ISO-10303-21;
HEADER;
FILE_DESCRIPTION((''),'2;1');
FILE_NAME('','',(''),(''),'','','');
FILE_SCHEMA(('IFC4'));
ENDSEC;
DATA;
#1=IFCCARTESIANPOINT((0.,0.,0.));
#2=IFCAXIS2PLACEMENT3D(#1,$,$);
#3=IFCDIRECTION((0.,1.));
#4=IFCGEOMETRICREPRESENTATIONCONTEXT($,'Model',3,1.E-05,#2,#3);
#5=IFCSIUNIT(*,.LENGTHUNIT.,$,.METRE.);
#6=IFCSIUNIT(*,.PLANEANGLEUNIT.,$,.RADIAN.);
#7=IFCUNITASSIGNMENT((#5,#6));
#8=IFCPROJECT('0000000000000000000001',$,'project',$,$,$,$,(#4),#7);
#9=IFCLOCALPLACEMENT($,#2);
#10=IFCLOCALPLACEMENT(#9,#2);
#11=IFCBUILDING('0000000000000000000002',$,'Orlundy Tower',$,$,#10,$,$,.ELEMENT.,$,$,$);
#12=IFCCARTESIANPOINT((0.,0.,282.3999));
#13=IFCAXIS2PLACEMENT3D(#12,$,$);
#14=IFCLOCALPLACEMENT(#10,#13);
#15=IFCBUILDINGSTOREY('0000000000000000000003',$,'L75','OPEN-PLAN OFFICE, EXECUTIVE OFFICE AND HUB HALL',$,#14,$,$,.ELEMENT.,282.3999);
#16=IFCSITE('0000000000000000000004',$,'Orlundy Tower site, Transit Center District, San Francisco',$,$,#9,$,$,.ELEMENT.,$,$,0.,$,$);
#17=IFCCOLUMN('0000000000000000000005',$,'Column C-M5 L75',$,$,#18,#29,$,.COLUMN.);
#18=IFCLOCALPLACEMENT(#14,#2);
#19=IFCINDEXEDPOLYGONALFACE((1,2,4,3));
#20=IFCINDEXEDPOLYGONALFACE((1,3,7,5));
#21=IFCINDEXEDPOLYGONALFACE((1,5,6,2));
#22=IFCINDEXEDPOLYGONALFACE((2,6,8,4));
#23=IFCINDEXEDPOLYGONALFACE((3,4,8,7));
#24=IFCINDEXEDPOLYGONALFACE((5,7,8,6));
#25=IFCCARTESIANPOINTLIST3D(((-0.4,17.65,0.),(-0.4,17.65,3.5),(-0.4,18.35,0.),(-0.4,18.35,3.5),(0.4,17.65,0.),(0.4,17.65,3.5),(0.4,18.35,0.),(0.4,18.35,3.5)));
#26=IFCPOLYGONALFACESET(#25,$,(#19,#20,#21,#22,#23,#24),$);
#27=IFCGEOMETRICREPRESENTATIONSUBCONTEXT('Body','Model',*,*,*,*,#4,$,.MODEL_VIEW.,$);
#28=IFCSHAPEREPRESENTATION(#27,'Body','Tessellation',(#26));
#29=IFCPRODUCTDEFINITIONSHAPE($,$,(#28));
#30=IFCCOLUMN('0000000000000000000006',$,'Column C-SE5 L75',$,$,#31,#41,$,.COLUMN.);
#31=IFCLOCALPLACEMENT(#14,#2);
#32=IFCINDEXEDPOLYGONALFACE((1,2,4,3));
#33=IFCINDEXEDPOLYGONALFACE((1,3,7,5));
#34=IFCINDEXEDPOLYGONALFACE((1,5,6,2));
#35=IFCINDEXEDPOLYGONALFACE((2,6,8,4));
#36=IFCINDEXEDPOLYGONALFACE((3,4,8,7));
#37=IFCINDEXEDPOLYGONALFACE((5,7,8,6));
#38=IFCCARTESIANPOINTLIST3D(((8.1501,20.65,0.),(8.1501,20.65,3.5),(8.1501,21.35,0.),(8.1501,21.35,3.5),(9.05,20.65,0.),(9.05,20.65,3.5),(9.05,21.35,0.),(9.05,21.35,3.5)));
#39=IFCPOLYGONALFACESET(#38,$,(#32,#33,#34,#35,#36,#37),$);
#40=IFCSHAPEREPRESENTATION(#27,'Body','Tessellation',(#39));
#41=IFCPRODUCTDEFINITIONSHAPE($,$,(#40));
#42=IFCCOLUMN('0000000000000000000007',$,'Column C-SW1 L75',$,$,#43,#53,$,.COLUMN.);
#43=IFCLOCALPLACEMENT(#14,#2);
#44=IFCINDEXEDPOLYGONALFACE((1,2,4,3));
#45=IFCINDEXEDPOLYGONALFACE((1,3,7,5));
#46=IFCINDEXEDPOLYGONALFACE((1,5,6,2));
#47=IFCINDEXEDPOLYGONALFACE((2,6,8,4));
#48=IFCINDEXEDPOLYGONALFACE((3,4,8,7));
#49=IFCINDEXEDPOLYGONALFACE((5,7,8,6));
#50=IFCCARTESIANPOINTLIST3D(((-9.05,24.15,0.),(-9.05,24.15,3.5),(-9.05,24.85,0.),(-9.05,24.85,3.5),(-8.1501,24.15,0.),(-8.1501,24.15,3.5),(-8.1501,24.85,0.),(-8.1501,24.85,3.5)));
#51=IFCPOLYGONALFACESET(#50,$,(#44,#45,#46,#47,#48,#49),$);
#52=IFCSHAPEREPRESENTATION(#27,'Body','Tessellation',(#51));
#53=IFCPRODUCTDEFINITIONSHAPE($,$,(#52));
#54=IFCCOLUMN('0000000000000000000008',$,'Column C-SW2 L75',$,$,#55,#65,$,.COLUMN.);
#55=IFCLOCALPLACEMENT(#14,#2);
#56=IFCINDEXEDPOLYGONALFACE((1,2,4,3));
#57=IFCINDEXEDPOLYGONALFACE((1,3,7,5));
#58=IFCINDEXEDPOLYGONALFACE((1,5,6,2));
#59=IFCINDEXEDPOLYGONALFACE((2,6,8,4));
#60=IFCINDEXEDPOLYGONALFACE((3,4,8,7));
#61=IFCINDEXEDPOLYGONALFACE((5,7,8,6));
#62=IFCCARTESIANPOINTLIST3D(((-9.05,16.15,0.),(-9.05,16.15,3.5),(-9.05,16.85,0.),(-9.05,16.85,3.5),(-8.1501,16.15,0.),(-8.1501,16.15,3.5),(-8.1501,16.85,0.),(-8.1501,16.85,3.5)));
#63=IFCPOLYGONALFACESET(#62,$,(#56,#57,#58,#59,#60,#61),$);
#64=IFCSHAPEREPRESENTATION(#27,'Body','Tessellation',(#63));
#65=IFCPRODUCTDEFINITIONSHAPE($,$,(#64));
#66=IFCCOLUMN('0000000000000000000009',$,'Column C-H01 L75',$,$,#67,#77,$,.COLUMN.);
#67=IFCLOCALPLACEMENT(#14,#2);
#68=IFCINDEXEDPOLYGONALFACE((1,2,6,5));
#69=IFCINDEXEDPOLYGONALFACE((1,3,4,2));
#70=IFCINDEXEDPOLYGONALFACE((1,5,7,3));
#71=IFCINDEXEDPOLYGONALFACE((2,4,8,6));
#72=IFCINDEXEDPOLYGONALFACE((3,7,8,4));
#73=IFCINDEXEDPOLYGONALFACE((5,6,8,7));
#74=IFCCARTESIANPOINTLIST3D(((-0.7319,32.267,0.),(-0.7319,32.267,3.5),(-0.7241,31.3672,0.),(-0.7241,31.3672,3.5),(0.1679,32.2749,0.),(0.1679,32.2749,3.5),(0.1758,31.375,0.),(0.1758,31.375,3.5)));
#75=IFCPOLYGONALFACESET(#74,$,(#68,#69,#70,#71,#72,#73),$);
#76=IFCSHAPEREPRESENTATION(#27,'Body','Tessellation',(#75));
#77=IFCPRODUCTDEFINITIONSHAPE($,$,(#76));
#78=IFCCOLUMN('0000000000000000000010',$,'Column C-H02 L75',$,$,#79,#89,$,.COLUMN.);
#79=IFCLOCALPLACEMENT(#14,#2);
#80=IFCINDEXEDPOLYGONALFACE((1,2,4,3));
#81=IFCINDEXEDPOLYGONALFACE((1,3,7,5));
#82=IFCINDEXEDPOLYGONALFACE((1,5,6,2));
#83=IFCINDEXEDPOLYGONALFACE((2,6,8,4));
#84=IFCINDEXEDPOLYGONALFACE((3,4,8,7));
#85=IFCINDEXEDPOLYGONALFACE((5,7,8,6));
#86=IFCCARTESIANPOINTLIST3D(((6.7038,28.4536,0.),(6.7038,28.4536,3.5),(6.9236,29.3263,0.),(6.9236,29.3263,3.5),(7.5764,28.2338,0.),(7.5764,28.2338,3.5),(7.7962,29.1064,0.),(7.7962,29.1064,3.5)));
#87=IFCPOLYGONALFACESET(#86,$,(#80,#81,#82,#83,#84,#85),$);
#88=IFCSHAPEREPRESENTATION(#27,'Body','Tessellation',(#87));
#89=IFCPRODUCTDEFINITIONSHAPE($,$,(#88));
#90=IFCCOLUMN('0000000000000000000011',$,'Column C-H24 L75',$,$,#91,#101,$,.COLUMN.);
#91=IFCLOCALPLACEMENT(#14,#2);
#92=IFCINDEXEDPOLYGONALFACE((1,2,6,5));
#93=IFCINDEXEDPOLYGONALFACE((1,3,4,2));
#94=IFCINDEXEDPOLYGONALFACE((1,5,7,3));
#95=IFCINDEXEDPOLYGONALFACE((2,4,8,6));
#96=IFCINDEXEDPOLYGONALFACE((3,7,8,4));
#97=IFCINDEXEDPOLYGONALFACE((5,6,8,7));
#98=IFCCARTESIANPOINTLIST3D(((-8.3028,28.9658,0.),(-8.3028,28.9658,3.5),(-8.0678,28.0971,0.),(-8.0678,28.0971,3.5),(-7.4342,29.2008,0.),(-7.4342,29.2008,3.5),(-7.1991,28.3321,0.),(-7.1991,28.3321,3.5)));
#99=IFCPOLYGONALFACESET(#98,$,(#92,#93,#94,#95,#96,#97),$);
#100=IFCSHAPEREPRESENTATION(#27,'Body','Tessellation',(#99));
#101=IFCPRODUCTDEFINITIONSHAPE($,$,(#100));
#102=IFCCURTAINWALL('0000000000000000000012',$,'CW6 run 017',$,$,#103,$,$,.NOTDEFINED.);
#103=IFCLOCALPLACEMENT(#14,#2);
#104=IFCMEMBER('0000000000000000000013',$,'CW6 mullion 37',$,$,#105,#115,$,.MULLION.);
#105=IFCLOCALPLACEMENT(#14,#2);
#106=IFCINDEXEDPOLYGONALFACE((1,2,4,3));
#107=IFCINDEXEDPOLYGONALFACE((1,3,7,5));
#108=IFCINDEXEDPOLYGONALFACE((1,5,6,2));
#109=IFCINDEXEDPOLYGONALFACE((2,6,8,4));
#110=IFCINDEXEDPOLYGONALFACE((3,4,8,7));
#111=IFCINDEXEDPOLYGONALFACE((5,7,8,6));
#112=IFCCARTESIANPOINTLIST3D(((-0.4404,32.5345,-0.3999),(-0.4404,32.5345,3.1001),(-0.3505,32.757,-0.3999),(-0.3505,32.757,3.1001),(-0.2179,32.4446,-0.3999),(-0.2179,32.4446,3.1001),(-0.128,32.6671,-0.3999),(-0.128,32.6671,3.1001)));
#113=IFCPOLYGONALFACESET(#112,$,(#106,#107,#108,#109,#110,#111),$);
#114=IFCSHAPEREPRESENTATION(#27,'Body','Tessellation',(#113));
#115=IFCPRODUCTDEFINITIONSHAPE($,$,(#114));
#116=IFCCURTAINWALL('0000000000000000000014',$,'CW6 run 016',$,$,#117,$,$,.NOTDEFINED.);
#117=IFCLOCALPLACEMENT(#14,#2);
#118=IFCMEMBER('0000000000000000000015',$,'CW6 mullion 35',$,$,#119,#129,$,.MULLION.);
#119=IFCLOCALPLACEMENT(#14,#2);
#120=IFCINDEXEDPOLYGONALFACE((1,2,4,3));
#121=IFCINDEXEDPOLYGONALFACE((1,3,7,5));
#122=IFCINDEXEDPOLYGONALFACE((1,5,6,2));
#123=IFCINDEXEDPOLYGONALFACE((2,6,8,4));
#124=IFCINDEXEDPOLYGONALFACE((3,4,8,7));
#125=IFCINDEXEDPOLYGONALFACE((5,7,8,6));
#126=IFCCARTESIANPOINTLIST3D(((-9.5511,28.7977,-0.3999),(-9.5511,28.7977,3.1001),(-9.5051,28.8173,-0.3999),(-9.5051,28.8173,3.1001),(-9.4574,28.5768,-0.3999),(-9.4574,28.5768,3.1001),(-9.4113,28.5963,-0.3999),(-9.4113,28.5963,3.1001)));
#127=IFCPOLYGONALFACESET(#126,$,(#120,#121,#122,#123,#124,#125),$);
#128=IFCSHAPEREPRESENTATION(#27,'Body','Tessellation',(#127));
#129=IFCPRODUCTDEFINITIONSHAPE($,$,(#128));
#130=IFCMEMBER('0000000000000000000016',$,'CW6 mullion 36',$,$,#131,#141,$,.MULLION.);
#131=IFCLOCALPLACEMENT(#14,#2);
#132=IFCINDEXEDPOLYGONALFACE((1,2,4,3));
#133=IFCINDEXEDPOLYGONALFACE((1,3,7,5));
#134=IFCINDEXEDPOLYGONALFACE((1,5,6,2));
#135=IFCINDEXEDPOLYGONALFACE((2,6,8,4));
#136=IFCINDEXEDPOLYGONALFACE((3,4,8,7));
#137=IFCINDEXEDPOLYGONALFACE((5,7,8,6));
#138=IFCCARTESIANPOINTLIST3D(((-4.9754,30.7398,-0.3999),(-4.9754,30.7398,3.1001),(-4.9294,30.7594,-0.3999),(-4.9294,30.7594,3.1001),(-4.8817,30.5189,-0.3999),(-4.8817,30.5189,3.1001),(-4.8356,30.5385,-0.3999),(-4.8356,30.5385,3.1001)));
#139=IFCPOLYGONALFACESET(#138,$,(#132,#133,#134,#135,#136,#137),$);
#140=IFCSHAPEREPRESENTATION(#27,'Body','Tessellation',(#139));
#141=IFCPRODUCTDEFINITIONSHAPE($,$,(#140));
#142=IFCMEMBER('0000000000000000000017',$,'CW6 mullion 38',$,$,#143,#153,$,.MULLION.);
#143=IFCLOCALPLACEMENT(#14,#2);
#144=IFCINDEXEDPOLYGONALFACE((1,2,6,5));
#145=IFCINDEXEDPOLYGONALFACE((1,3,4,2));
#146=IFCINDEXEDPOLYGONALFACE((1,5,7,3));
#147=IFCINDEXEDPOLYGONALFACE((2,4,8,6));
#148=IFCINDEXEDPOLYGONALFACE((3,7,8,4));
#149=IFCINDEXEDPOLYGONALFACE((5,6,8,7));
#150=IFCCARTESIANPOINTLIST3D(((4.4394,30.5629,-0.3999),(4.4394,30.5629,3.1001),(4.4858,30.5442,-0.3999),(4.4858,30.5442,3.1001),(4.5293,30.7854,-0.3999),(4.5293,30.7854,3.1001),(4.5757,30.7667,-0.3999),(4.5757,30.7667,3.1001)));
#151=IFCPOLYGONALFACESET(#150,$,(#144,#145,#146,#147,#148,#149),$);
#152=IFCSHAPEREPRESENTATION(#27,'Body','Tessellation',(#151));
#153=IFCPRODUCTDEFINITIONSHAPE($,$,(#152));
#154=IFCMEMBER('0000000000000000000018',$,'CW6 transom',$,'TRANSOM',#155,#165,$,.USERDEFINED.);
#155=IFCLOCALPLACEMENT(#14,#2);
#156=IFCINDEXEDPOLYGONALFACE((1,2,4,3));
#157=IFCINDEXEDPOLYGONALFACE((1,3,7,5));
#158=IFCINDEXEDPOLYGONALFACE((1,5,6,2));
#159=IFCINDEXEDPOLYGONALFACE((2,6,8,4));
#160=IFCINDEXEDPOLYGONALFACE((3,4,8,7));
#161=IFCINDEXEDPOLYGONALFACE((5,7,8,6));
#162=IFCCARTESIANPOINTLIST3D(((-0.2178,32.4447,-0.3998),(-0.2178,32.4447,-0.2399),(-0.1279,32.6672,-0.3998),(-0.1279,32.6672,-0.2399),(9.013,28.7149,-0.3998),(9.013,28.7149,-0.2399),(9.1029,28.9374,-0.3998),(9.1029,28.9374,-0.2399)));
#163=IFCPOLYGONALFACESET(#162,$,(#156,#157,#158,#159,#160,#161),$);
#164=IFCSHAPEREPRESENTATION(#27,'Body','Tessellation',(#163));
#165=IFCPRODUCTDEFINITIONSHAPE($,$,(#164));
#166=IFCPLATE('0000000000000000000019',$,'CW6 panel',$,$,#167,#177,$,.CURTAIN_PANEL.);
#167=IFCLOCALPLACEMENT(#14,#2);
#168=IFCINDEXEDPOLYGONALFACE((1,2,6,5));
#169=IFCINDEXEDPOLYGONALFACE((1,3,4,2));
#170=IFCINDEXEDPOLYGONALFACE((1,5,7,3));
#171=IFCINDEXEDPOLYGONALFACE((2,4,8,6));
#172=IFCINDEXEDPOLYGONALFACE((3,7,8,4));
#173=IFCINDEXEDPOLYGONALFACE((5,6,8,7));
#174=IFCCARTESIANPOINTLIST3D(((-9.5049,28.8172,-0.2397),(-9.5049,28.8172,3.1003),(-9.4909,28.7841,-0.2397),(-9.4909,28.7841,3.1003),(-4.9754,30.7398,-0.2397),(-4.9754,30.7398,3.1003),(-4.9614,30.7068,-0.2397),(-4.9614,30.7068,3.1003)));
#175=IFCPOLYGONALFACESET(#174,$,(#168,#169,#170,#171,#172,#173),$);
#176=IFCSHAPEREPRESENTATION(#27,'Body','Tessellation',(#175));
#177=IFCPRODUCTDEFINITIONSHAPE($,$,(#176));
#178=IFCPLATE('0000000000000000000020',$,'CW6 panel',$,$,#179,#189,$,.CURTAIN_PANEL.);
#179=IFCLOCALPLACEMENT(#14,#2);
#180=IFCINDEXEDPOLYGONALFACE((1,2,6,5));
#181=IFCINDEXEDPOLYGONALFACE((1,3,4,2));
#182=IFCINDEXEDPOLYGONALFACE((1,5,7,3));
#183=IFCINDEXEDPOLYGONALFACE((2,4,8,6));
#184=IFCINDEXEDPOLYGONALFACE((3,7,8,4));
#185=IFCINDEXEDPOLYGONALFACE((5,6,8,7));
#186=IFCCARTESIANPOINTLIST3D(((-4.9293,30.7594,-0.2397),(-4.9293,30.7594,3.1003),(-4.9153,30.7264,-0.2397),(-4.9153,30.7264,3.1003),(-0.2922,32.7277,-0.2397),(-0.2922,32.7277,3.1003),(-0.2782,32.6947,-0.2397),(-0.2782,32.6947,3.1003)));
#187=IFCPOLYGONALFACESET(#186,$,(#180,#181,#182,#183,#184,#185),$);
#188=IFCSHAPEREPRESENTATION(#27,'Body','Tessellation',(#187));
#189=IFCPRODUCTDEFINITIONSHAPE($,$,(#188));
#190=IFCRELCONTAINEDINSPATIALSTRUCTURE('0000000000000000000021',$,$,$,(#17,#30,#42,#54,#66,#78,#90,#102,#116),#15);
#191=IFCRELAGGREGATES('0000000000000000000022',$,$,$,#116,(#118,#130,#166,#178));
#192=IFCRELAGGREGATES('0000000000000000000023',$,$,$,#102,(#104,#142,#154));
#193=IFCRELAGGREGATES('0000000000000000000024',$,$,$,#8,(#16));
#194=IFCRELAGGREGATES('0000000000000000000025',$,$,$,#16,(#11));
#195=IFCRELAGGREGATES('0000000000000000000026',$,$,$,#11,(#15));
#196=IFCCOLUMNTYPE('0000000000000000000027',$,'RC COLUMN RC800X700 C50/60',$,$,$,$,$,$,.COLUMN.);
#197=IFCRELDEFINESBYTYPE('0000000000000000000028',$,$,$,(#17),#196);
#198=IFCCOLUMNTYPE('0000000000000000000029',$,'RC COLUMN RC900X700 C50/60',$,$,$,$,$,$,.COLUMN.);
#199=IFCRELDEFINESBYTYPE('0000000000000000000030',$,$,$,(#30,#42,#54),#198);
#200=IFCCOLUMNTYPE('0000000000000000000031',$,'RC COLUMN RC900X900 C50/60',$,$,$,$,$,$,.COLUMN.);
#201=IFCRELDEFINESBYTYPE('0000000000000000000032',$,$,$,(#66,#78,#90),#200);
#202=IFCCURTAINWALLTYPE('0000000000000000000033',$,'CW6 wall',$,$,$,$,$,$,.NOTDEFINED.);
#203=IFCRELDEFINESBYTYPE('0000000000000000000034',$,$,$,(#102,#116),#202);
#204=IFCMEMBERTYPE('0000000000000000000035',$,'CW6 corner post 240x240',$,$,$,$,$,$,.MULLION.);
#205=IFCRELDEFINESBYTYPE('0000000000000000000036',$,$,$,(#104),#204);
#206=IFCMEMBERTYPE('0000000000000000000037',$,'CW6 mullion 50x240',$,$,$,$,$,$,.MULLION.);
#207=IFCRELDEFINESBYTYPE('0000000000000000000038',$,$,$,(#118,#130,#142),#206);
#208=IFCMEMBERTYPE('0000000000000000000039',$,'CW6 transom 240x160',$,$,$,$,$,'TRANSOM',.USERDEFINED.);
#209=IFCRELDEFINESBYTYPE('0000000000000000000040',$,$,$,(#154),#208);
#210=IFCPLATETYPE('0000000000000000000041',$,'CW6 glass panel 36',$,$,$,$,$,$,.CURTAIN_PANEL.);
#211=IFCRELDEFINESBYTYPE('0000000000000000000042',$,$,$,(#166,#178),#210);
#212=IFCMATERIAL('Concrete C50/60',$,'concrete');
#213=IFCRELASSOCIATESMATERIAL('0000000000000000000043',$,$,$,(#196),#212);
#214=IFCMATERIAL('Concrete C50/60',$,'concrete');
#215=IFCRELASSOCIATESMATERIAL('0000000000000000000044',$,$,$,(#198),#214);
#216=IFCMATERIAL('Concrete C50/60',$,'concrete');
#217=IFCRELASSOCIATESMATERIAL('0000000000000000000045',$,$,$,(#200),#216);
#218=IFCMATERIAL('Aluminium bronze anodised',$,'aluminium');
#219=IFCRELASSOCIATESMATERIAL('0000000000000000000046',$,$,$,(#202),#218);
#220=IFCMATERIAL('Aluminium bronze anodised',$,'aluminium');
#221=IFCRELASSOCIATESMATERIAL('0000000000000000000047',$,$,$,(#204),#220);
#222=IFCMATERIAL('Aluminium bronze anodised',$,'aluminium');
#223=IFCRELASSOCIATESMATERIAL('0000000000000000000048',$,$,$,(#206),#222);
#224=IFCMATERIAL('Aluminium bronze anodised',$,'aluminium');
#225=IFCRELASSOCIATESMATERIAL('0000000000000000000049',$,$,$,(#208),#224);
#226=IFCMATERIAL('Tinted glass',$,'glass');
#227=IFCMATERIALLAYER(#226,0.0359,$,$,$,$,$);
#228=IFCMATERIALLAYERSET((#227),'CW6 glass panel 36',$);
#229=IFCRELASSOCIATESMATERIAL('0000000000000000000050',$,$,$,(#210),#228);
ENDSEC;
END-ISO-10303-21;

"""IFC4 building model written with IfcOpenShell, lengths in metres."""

from ifc_helpers import new_model, si_unit, direction, frame, origin, origin_2d, place, context, subcontext, project, spatial, rectangle, extrude, material, layer, layer_set, material_profile, profile_set, type_object, element, aggregate, save


model = new_model("IFC4")

# Units and contexts
model_context = context("Model", 3, precision=1e-05, world=origin(), true_north=direction((0.0, 1.0)))
body_context = subcontext(model_context, "Body", "Model", "MODEL_VIEW")
ifc_project = project(units=[si_unit("LENGTHUNIT", "METRE"), si_unit("PLANEANGLEUNIT", "RADIAN")], contexts=[model_context])

# Site, building, storey
site_placement = place(None, origin())
site = spatial("IfcSite", under=ifc_project, at=site_placement, Name="Orlundy Tower site, Transit Center District, San Francisco", CompositionType="ELEMENT", RefElevation=0.0)
building_placement = place(site_placement, origin())
building = spatial("IfcBuilding", under=site, at=building_placement, Name="Orlundy Tower", CompositionType="ELEMENT")
storey_placement = place(building_placement, frame((0.0, 0.0, 282.3999)))
storey = spatial("IfcBuildingStorey", under=building, at=storey_placement, Name="L75", Description="OPEN-PLAN OFFICE, EXECUTIVE OFFICE AND HUB HALL", CompositionType="ELEMENT", Elevation=282.3999)

# Columns
ifc_material_1 = material(Name="Concrete C50/60", Category="concrete")
ifc_material_profile_1 = material_profile(ifc_material_1, rectangle(XDim=0.8, YDim=0.7, at=origin_2d()), Name="RC800X700")
ifc_profile_set_1 = profile_set([ifc_material_profile_1], Name="Concrete C50/60")
column_type_1 = type_object("IfcColumnType", Name="RC COLUMN RC800X700 C50/60", PredefinedType="COLUMN", material=ifc_profile_set_1)
column_placement = place(storey_placement, frame((0.0, 18.0, 0.0), z_axis=(0.0, 0.0, 1.0), x_axis=(1.0, 0.0, 0.0)))
element("IfcColumn", 1, at=column_placement, inside=storey, type_object=column_type_1, Name="Column C-M5 L75", PredefinedType="COLUMN", context=body_context, shape_type="SweptSolid", body=[
    extrude(rectangle(XDim=0.8, YDim=0.7, at=origin_2d()), origin(), (0.0, 0.0, 1.0), 3.5),
])
ifc_material_2 = material(Name="Concrete C50/60", Category="concrete")
ifc_material_profile_2 = material_profile(ifc_material_2, rectangle(XDim=0.8999, YDim=0.7, at=origin_2d()), Name="RC900X700")
ifc_profile_set_2 = profile_set([ifc_material_profile_2], Name="Concrete C50/60")
column_type_2 = type_object("IfcColumnType", Name="RC COLUMN RC900X700 C50/60", PredefinedType="COLUMN", material=ifc_profile_set_2)
for number, where, z_axis, x_axis, name in (
    (2, (8.6001, 21.0, 0.0), (0.0, 0.0, 1.0), (1.0, 0.0, 0.0), "Column C-SE5 L75"),
    (3, (-8.6001, 24.5, 0.0), (0.0, 0.0, 1.0), (1.0, 0.0, 0.0), "Column C-SW1 L75"),
    (4, (-8.6001, 16.5, 0.0), (0.0, 0.0, 1.0), (1.0, 0.0, 0.0), "Column C-SW2 L75"),
):
    element("IfcColumn", number, at=place(storey_placement, frame(where, z_axis=z_axis, x_axis=x_axis)), inside=storey, type_object=column_type_2, Name=name, PredefinedType="COLUMN", context=body_context, shape_type="SweptSolid", body=[
        extrude(rectangle(XDim=0.8999, YDim=0.7, at=origin_2d()), origin(), (0.0, 0.0, 1.0), 3.5),
    ])
ifc_material_3 = material(Name="Concrete C50/60", Category="concrete")
ifc_material_profile_3 = material_profile(ifc_material_3, rectangle(XDim=0.8999, YDim=0.8999, at=origin_2d()), Name="RC900X900")
ifc_profile_set_3 = profile_set([ifc_material_profile_3], Name="Concrete C50/60")
column_type_3 = type_object("IfcColumnType", Name="RC COLUMN RC900X900 C50/60", PredefinedType="COLUMN", material=ifc_profile_set_3)
for number, where, z_axis, x_axis, name in (
    (5, (-0.2781, 31.821, 0.0), (0.0, 0.0, 1.0), (-0.008744, 0.999962, 0.0), "Column C-H01 L75"),
    (6, (7.25, 28.78, 0.0), (0.0, 0.0, 1.0), (0.244275, 0.969706, 0.0), "Column C-H02 L75"),
    (7, (-7.751, 28.6489, 0.0), (0.0, 0.0, 1.0), (-0.261162, 0.965295, 0.0), "Column C-H24 L75"),
):
    element("IfcColumn", number, at=place(storey_placement, frame(where, z_axis=z_axis, x_axis=x_axis)), inside=storey, type_object=column_type_3, Name=name, PredefinedType="COLUMN", context=body_context, shape_type="SweptSolid", body=[
        extrude(rectangle(XDim=0.8999, YDim=0.8999, at=origin_2d()), origin(), (0.0, 0.0, 1.0), 3.5),
    ])

# Curtain wall, member
ifc_material_4 = material(Name="Aluminium bronze anodised", Category="aluminium")
curtain_wall_type = type_object("IfcCurtainWallType", Name="CW6 wall", PredefinedType="NOTDEFINED", material=ifc_material_4)
curtain_wall_1_placement = place(storey_placement, origin())
curtain_wall_1 = element("IfcCurtainWall", 8, at=curtain_wall_1_placement, inside=storey, type_object=curtain_wall_type, Name="CW6 run 017", PredefinedType="NOTDEFINED")
ifc_material_5 = material(Name="Aluminium bronze anodised", Category="aluminium")
ifc_material_profile_4 = material_profile(ifc_material_5, rectangle(XDim=0.24, YDim=0.24, at=origin_2d()), Name="CW6 corner post 240x240")
ifc_profile_set_4 = profile_set([ifc_material_profile_4], Name="Aluminium bronze anodised")
member_type_1 = type_object("IfcMemberType", Name="CW6 corner post 240x240", PredefinedType="MULLION", material=ifc_profile_set_4)
member_1_placement = place(storey_placement, frame((-0.2842, 32.6008, -0.3999), z_axis=(0.0, 0.0, 1.0), x_axis=(0.374639, 0.927171, 0.0)))
member_1 = element("IfcMember", 9, at=member_1_placement, type_object=member_type_1, Name="CW6 mullion 37", PredefinedType="MULLION", context=body_context, shape_type="SweptSolid", body=[
    extrude(rectangle(XDim=0.24, YDim=0.24, at=origin_2d()), origin(), (0.0, 0.0, 1.0), 3.5),
])

# Curtain wall, members
curtain_wall_2_placement = place(storey_placement, origin())
curtain_wall_2 = element("IfcCurtainWall", 10, at=curtain_wall_2_placement, inside=storey, type_object=curtain_wall_type, Name="CW6 run 016", PredefinedType="NOTDEFINED")
ifc_material_6 = material(Name="Aluminium bronze anodised", Category="aluminium")
ifc_material_profile_5 = material_profile(ifc_material_6, rectangle(XDim=0.24, YDim=0.05, at=origin_2d()), Name="CW6 mullion 50x240")
ifc_profile_set_5 = profile_set([ifc_material_profile_5], Name="Aluminium bronze anodised")
member_type_2 = type_object("IfcMemberType", Name="CW6 mullion 50x240", PredefinedType="MULLION", material=ifc_profile_set_5)
member_2_placement = place(storey_placement, frame((-9.4812, 28.697, -0.3999), z_axis=(0.0, 0.0, 1.0), x_axis=(-0.390727, 0.920507, 0.0)))
member_2 = element("IfcMember", 11, at=member_2_placement, type_object=member_type_2, Name="CW6 mullion 35", PredefinedType="MULLION", context=body_context, shape_type="SweptSolid", body=[
    extrude(rectangle(XDim=0.24, YDim=0.05, at=origin_2d()), origin(), (0.0, 0.0, 1.0), 3.5),
])
member_3_placement = place(storey_placement, frame((-4.9055, 30.6392, -0.3999), z_axis=(0.0, 0.0, 1.0), x_axis=(-0.390727, 0.920507, 0.0)))
member_3 = element("IfcMember", 12, at=member_3_placement, type_object=member_type_2, Name="CW6 mullion 36", PredefinedType="MULLION", context=body_context, shape_type="SweptSolid", body=[
    extrude(rectangle(XDim=0.24, YDim=0.05, at=origin_2d()), origin(), (0.0, 0.0, 1.0), 3.5),
])

# Members
member_4_placement = place(storey_placement, frame((4.5076, 30.6648, -0.3999), z_axis=(0.0, 0.0, 1.0), x_axis=(0.374639, 0.927171, 0.0)))
member_4 = element("IfcMember", 13, at=member_4_placement, type_object=member_type_2, Name="CW6 mullion 38", PredefinedType="MULLION", context=body_context, shape_type="SweptSolid", body=[
    extrude(rectangle(XDim=0.24, YDim=0.05, at=origin_2d()), origin(), (0.0, 0.0, 1.0), 3.5),
])
ifc_material_7 = material(Name="Aluminium bronze anodised", Category="aluminium")
ifc_material_profile_6 = material_profile(ifc_material_7, rectangle(XDim=0.24, YDim=0.1599, at=origin_2d()), Name="CW6 transom 240x160")
ifc_profile_set_6 = profile_set([ifc_material_profile_6], Name="Aluminium bronze anodised")
member_type_3 = type_object("IfcMemberType", Name="CW6 transom 240x160", ElementType="TRANSOM", PredefinedType="USERDEFINED", material=ifc_profile_set_6)
member_5_placement = place(storey_placement, frame((-0.1729, 32.5559, -0.3198), z_axis=(0.927174, -0.374631, 0.0), x_axis=(0.374631, 0.927174, 0.0)))
member_5 = element("IfcMember", 14, at=member_5_placement, type_object=member_type_3, Name="CW6 transom", ObjectType="TRANSOM", PredefinedType="USERDEFINED", context=body_context, shape_type="SweptSolid", body=[
    extrude(rectangle(XDim=0.24, YDim=0.1599, at=origin_2d()), origin(), (0.0, 0.0, 1.0), 9.9558),
])

# Plates
ifc_material_8 = material(Name="Tinted glass", Category="glass")
ifc_layer_1 = layer(ifc_material_8, 0.0359)
ifc_layer_set_1 = layer_set([ifc_layer_1], Name="CW6 glass panel 36")
plate_type = type_object("IfcPlateType", Name="CW6 glass panel 36", PredefinedType="CURTAIN_PANEL", material=ifc_layer_set_1)
plate_1_placement = place(storey_placement, frame((-7.2332, 29.762, -0.2397), z_axis=(0.0, 0.0, 1.0), x_axis=(0.920507, 0.390727, 0.0)))
plate_1 = element("IfcPlate", 15, at=plate_1_placement, type_object=plate_type, Name="CW6 panel", PredefinedType="CURTAIN_PANEL", context=body_context, shape_type="SweptSolid", body=[
    extrude(rectangle(XDim=4.9207, YDim=0.0359, at=origin_2d()), origin(), (0.0, 0.0, 1.0), 3.3401),
])
plate_2_placement = place(storey_placement, frame((-2.6038, 31.7271, -0.2397), z_axis=(0.0, 0.0, 1.0), x_axis=(0.920507, 0.390727, 0.0)))
plate_2 = element("IfcPlate", 16, at=plate_2_placement, type_object=plate_type, Name="CW6 panel", PredefinedType="CURTAIN_PANEL", context=body_context, shape_type="SweptSolid", body=[
    extrude(rectangle(XDim=5.0376, YDim=0.0359, at=origin_2d()), origin(), (0.0, 0.0, 1.0), 3.3401),
])
aggregate(curtain_wall_2, [member_2, member_3, plate_1, plate_2])
aggregate(curtain_wall_1, [member_1, member_4, member_5])

save(model, "model.ifc")
